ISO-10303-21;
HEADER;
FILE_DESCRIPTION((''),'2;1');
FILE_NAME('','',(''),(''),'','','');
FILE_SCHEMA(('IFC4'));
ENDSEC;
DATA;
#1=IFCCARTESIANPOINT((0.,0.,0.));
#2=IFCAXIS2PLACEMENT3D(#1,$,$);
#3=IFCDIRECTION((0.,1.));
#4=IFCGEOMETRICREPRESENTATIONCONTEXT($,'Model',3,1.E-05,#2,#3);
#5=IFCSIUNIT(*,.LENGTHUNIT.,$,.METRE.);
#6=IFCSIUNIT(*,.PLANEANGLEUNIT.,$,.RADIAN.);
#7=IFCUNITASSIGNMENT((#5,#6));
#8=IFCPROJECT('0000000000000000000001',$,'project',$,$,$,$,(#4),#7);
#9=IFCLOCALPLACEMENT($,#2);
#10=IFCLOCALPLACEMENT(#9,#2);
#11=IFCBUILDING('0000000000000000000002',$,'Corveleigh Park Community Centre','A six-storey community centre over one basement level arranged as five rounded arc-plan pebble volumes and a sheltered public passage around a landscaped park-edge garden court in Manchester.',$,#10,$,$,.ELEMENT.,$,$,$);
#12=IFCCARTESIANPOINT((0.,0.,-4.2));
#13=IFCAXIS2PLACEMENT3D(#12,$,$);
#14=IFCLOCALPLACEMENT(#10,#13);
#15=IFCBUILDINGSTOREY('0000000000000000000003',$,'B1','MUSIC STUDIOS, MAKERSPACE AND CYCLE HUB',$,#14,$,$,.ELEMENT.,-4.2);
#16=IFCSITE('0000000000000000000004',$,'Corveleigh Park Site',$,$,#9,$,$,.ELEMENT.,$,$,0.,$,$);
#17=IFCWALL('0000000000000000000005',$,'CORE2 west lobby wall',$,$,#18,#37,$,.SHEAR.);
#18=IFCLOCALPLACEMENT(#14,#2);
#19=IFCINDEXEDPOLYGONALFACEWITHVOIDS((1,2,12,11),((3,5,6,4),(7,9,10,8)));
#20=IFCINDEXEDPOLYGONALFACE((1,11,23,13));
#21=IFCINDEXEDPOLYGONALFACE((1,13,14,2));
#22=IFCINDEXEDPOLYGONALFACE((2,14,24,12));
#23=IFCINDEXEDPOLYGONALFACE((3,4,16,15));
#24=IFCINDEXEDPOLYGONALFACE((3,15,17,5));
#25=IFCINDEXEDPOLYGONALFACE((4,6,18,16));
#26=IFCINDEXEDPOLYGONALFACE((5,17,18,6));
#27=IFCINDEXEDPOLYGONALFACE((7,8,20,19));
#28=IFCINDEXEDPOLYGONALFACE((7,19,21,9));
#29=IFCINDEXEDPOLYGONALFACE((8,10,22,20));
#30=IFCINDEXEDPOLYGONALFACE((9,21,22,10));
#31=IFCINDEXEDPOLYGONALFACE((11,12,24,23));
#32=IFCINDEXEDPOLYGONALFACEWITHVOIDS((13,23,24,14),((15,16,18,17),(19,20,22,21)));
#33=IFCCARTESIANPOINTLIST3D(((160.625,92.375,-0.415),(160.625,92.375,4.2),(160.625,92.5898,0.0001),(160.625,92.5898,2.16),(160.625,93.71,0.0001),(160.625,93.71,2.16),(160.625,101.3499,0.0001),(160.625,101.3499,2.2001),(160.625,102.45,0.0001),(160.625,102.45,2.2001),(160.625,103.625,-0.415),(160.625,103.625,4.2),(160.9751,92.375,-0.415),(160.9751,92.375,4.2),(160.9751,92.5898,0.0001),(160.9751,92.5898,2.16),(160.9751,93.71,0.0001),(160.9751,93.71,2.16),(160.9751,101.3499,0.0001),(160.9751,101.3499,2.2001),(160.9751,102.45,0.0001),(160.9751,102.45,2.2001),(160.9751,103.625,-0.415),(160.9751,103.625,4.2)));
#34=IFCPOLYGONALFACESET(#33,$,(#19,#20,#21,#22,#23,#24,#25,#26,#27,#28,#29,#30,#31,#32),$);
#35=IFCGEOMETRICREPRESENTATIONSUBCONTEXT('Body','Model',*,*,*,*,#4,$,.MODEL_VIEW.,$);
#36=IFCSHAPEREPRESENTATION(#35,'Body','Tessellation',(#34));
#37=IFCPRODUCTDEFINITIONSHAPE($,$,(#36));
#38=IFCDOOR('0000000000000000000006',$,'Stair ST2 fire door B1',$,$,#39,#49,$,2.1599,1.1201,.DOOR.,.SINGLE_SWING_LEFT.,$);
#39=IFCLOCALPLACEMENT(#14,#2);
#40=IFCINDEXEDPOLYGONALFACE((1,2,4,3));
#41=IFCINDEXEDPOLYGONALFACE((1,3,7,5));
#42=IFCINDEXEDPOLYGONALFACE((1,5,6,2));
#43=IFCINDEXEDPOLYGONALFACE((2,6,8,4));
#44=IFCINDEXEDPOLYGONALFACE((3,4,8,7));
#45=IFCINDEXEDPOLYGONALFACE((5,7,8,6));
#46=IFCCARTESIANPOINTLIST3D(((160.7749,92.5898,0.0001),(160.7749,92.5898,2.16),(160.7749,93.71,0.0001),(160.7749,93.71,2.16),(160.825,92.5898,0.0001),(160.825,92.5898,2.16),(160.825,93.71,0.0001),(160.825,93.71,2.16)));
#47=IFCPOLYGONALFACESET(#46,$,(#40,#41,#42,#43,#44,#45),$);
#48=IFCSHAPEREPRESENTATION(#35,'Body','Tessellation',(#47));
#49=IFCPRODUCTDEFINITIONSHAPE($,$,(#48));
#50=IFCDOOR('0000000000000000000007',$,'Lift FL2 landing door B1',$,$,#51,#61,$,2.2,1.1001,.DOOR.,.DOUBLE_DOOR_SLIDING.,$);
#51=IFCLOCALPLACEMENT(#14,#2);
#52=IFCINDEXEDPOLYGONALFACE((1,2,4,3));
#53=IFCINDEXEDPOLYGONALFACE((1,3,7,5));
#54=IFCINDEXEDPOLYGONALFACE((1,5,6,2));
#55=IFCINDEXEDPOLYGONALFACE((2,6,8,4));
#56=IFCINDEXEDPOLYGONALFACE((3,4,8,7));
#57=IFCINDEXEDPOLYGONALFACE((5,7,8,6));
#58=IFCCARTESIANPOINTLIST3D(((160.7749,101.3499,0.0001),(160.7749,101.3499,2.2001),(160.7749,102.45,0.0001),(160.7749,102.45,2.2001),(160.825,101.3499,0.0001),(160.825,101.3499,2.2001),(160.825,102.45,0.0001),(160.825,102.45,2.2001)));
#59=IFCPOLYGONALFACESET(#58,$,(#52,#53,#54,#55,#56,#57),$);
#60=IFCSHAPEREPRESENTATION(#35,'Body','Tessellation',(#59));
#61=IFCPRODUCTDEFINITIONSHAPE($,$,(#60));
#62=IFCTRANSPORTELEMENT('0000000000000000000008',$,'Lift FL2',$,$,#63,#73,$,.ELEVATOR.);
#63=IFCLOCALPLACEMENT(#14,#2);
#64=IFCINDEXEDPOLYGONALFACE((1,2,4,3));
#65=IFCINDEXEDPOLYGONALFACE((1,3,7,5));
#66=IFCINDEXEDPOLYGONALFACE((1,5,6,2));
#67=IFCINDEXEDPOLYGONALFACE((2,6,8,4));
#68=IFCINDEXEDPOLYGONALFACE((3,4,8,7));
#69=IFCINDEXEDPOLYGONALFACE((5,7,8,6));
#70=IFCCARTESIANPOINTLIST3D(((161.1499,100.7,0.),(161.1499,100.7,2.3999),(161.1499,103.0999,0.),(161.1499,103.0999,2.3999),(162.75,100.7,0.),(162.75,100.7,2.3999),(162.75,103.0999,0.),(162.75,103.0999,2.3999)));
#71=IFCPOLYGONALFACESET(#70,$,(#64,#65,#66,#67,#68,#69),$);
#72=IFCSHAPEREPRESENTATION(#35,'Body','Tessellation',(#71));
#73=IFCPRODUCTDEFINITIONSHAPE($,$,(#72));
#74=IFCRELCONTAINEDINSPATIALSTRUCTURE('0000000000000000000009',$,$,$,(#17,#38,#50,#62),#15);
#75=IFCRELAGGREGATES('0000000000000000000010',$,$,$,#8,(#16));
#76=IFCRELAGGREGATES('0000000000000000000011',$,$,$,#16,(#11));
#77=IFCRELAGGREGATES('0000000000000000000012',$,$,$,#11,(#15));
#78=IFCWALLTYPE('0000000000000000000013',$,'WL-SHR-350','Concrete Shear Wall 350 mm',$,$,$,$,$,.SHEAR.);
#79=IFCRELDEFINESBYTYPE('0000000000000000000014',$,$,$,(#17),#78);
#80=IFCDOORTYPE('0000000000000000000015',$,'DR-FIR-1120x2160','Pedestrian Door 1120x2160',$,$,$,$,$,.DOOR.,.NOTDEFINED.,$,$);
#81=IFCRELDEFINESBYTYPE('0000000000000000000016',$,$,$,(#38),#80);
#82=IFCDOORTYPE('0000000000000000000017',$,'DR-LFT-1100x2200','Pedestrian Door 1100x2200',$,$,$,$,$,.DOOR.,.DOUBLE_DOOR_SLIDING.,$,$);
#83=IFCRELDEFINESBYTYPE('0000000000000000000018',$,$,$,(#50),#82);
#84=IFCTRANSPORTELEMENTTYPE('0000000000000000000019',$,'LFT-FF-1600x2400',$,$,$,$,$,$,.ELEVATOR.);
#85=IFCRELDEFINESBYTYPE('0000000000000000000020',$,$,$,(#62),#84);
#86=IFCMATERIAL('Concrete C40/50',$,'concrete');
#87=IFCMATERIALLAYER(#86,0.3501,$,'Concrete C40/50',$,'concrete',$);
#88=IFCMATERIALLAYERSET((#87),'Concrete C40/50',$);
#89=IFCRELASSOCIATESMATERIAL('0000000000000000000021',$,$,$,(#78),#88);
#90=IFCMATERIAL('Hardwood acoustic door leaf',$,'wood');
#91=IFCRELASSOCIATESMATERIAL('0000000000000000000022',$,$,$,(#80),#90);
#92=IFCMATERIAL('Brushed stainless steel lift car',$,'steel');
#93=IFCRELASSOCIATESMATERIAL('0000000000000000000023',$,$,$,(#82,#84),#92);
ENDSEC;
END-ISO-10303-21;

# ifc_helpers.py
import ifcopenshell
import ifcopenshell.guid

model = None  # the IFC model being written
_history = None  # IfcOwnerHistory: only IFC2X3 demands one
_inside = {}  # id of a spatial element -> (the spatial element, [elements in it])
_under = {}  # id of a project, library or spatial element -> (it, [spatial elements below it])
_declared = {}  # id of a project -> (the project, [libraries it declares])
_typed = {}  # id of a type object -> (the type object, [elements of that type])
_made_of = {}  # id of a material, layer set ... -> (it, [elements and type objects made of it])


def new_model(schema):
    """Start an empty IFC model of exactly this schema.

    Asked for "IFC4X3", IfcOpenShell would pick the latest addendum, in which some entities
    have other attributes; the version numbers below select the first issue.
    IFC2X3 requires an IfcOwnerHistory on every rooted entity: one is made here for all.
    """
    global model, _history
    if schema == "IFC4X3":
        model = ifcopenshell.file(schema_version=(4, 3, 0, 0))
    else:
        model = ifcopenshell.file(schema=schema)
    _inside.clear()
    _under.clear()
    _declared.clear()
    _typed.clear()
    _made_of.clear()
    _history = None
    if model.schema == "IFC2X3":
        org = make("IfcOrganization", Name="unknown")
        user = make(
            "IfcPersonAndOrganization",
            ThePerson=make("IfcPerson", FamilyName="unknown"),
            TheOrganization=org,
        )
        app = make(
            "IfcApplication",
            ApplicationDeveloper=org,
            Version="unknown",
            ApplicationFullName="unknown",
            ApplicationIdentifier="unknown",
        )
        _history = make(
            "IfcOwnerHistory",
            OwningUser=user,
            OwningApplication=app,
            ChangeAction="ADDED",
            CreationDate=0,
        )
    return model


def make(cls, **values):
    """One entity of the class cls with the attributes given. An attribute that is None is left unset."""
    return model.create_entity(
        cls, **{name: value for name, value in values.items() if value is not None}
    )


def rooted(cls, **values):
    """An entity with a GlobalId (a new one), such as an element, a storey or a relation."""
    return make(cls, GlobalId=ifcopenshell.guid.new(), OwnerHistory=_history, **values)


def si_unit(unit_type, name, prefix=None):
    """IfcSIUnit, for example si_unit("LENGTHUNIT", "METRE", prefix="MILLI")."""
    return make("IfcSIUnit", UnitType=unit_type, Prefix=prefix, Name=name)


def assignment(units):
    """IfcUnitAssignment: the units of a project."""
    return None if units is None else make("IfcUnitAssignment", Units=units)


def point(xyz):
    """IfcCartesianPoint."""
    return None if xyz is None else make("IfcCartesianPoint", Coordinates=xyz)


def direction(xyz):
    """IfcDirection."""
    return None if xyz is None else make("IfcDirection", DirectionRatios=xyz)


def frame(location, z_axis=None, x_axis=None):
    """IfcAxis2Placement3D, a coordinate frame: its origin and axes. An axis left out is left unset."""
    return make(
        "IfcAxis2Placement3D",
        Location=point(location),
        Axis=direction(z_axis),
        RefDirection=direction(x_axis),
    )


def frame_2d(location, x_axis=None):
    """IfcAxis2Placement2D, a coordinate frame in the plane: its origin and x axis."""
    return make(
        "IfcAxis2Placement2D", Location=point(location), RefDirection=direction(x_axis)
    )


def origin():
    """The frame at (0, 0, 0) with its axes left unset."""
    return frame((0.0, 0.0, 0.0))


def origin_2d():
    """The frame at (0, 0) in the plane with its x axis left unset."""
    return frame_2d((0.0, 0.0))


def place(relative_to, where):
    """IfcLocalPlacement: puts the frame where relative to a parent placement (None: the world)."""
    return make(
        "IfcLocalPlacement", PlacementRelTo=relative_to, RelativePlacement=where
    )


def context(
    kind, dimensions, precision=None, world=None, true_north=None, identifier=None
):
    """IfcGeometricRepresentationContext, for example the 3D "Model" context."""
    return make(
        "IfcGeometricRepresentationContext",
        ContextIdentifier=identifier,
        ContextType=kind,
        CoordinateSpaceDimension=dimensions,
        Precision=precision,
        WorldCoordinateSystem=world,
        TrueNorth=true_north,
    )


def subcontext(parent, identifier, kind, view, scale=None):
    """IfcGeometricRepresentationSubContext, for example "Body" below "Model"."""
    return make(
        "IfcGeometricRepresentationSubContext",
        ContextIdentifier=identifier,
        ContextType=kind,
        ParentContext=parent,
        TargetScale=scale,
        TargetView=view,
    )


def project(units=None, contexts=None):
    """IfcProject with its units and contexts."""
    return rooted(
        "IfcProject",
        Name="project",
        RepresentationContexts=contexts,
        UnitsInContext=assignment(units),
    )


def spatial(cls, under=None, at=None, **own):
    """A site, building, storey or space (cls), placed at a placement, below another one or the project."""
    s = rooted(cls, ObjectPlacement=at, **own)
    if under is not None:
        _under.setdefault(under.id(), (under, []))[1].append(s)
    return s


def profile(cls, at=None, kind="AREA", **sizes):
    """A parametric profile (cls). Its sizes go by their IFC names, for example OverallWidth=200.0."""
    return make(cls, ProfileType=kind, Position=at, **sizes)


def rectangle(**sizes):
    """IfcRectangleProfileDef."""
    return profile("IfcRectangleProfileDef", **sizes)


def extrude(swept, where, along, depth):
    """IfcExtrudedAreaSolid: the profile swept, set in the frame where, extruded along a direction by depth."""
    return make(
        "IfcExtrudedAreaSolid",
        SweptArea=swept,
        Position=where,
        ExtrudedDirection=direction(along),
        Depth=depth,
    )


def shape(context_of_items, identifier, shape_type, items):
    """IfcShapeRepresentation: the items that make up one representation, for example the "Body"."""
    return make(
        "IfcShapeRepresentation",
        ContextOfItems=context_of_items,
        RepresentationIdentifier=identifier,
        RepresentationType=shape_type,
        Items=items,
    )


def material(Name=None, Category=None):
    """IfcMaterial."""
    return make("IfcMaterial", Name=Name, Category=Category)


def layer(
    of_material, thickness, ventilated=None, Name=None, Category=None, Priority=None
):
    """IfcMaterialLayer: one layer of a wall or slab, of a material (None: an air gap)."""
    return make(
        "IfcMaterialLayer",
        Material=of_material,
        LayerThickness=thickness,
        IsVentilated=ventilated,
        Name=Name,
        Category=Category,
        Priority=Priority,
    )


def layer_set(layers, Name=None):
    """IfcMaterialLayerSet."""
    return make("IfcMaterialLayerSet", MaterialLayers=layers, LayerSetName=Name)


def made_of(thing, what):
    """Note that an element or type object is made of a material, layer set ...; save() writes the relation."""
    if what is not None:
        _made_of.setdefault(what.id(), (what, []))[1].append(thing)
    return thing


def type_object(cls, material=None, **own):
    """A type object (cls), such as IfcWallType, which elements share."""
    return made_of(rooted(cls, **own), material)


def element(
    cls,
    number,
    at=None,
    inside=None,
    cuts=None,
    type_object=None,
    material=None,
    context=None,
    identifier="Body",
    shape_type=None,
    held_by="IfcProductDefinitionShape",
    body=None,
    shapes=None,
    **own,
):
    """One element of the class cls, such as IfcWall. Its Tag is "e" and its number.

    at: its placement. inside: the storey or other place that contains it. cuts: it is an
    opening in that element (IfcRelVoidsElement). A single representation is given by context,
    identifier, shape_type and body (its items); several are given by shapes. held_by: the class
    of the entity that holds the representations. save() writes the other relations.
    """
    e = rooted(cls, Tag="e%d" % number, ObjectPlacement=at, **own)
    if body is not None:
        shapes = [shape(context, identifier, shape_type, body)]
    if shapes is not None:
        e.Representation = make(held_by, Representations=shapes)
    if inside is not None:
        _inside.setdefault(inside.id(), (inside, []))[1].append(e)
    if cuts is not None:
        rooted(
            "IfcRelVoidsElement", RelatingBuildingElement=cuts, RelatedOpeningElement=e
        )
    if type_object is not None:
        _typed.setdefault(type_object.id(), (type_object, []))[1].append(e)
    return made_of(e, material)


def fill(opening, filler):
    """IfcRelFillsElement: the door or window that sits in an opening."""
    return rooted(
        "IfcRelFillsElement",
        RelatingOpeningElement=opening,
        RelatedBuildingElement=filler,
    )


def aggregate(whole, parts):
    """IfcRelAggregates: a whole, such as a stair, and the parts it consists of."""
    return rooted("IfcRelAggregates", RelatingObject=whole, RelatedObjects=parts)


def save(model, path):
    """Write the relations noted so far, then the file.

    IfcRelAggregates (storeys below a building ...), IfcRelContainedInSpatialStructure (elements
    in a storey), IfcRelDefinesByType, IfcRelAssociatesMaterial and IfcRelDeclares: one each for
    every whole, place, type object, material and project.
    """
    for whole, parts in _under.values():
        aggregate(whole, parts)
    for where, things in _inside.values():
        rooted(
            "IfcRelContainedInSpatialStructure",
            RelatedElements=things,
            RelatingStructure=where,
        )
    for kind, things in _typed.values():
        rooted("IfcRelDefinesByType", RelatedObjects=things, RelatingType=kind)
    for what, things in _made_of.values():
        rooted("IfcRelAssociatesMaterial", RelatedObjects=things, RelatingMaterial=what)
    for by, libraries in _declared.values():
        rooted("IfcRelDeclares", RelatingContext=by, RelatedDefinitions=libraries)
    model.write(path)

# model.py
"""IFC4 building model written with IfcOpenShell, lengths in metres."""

from ifc_helpers import new_model, si_unit, direction, frame, frame_2d, origin, origin_2d, place, context, subcontext, project, spatial, rectangle, extrude, material, layer, layer_set, type_object, element, fill, save


model = new_model("IFC4")

# Units and contexts
model_context = context("Model", 3, precision=1e-05, world=origin(), true_north=direction((0.0, 1.0)))
body_context = subcontext(model_context, "Body", "Model", "MODEL_VIEW")
ifc_project = project(units=[si_unit("LENGTHUNIT", "METRE"), si_unit("PLANEANGLEUNIT", "RADIAN")], contexts=[model_context])

# Site, building, storey
site_placement = place(None, origin())
site = spatial("IfcSite", under=ifc_project, at=site_placement, Name="Corveleigh Park Site", CompositionType="ELEMENT", RefElevation=0.0)
building_placement = place(site_placement, origin())
building = spatial("IfcBuilding", under=site, at=building_placement, Name="Corveleigh Park Community Centre", Description="A six-storey community centre over one basement level arranged as five rounded arc-plan pebble volumes and a sheltered public passage around a landscaped park-edge garden court in Manchester.", CompositionType="ELEMENT")
storey_placement = place(building_placement, frame((0.0, 0.0, -4.2)))
storey = spatial("IfcBuildingStorey", under=building, at=storey_placement, Name="B1", Description="MUSIC STUDIOS, MAKERSPACE AND CYCLE HUB", CompositionType="ELEMENT", Elevation=-4.2)

# Shared definitions
ifc_material_1 = material(Name="Concrete C40/50", Category="concrete")

# Shared definitions
ifc_layer_1 = layer(ifc_material_1, 0.3501, Name="Concrete C40/50", Category="concrete")
ifc_layer_set_1 = layer_set([ifc_layer_1], Name="Concrete C40/50")
wall_type_1 = type_object("IfcWallType", Name="WL-SHR-350", Description="Concrete Shear Wall 350 mm", PredefinedType="SHEAR", material=ifc_layer_set_1)

# Wall, openings, doors
wall_1_placement = place(storey_placement, frame((160.8, 103.625, -0.415), z_axis=(0.0, 0.0, 1.0), x_axis=(0.0, -1.0, 0.0)))
wall_1 = element("IfcWall", 1, at=wall_1_placement, inside=storey, type_object=wall_type_1, Name="CORE2 west lobby wall", PredefinedType="SHEAR", context=body_context, shape_type="SweptSolid", body=[
    extrude(rectangle(XDim=11.25, YDim=0.3501, at=frame_2d((5.625, 0.0))), origin(), (0.0, 0.0, 1.0), 4.615),
])
opening_1_placement = place(wall_1_placement, frame((1.175, 0.0, 0.415)))
opening_1 = element("IfcOpeningElement", 2, at=opening_1_placement, cuts=wall_1, PredefinedType="OPENING", context=body_context, shape_type="SweptSolid", body=[
    extrude(rectangle(XDim=1.1001, YDim=2.2, at=frame_2d((0.55, 1.1001))), frame((0.0, 0.1851, 0.0), z_axis=(0.0, -1.0, 0.0), x_axis=(1.0, 0.0, 0.0)), (0.0, 0.0, 1.0), 0.3701),
])
opening_2_placement = place(wall_1_placement, frame((9.915, 0.0, 0.415)))
opening_2 = element("IfcOpeningElement", 3, at=opening_2_placement, cuts=wall_1, PredefinedType="OPENING", context=body_context, shape_type="SweptSolid", body=[
    extrude(rectangle(XDim=1.1201, YDim=2.1599, at=frame_2d((0.5601, 1.0801))), frame((0.0, 0.1851, 0.0), z_axis=(0.0, -1.0, 0.0), x_axis=(1.0, 0.0, 0.0)), (0.0, 0.0, 1.0), 0.3701),
])
ifc_material_2 = material(Name="Hardwood acoustic door leaf", Category="wood")
door_type_1 = type_object("IfcDoorType", Name="DR-FIR-1120x2160", Description="Pedestrian Door 1120x2160", OperationType="NOTDEFINED", PredefinedType="DOOR", material=ifc_material_2)
door_1_placement = place(opening_2_placement, origin())
door_1 = element("IfcDoor", 4, at=door_1_placement, inside=storey, type_object=door_type_1, Name="Stair ST2 fire door B1", OperationType="SINGLE_SWING_LEFT", OverallHeight=2.1599, OverallWidth=1.1201, PredefinedType="DOOR", context=body_context, shape_type="SweptSolid", body=[
    extrude(rectangle(XDim=1.1201, YDim=2.1599, at=frame_2d((0.5601, 1.0801))), frame((0.0, 0.0249, 0.0), z_axis=(0.0, -1.0, 0.0), x_axis=(1.0, 0.0, 0.0)), (0.0, 0.0, 1.0), 0.05),
])
fill(opening_2, door_1)
ifc_material_3 = material(Name="Brushed stainless steel lift car", Category="steel")
door_type_2 = type_object("IfcDoorType", Name="DR-LFT-1100x2200", Description="Pedestrian Door 1100x2200", OperationType="DOUBLE_DOOR_SLIDING", PredefinedType="DOOR", material=ifc_material_3)
door_2_placement = place(opening_1_placement, origin())
door_2 = element("IfcDoor", 5, at=door_2_placement, inside=storey, type_object=door_type_2, Name="Lift FL2 landing door B1", OperationType="DOUBLE_DOOR_SLIDING", OverallHeight=2.2, OverallWidth=1.1001, PredefinedType="DOOR", context=body_context, shape_type="SweptSolid", body=[
    extrude(rectangle(XDim=1.1001, YDim=2.2, at=frame_2d((0.55, 1.1001))), frame((0.0, 0.0249, 0.0), z_axis=(0.0, -1.0, 0.0), x_axis=(1.0, 0.0, 0.0)), (0.0, 0.0, 1.0), 0.05),
])
fill(opening_1, door_2)

# Transport element
transport_element_type = type_object("IfcTransportElementType", Name="LFT-FF-1600x2400", PredefinedType="ELEVATOR", material=ifc_material_3)
transport_element_placement = place(storey_placement, frame((161.95, 101.8999, 0.0), z_axis=(0.0, 0.0, 1.0), x_axis=(1.0, 0.0, 0.0)))
element("IfcTransportElement", 6, at=transport_element_placement, inside=storey, type_object=transport_element_type, Name="Lift FL2", PredefinedType="ELEVATOR", context=body_context, shape_type="SweptSolid", body=[
    extrude(rectangle(XDim=1.6001, YDim=2.3999, at=origin_2d()), origin(), (0.0, 0.0, 1.0), 2.3999),
])

save(model, "model.ifc")
